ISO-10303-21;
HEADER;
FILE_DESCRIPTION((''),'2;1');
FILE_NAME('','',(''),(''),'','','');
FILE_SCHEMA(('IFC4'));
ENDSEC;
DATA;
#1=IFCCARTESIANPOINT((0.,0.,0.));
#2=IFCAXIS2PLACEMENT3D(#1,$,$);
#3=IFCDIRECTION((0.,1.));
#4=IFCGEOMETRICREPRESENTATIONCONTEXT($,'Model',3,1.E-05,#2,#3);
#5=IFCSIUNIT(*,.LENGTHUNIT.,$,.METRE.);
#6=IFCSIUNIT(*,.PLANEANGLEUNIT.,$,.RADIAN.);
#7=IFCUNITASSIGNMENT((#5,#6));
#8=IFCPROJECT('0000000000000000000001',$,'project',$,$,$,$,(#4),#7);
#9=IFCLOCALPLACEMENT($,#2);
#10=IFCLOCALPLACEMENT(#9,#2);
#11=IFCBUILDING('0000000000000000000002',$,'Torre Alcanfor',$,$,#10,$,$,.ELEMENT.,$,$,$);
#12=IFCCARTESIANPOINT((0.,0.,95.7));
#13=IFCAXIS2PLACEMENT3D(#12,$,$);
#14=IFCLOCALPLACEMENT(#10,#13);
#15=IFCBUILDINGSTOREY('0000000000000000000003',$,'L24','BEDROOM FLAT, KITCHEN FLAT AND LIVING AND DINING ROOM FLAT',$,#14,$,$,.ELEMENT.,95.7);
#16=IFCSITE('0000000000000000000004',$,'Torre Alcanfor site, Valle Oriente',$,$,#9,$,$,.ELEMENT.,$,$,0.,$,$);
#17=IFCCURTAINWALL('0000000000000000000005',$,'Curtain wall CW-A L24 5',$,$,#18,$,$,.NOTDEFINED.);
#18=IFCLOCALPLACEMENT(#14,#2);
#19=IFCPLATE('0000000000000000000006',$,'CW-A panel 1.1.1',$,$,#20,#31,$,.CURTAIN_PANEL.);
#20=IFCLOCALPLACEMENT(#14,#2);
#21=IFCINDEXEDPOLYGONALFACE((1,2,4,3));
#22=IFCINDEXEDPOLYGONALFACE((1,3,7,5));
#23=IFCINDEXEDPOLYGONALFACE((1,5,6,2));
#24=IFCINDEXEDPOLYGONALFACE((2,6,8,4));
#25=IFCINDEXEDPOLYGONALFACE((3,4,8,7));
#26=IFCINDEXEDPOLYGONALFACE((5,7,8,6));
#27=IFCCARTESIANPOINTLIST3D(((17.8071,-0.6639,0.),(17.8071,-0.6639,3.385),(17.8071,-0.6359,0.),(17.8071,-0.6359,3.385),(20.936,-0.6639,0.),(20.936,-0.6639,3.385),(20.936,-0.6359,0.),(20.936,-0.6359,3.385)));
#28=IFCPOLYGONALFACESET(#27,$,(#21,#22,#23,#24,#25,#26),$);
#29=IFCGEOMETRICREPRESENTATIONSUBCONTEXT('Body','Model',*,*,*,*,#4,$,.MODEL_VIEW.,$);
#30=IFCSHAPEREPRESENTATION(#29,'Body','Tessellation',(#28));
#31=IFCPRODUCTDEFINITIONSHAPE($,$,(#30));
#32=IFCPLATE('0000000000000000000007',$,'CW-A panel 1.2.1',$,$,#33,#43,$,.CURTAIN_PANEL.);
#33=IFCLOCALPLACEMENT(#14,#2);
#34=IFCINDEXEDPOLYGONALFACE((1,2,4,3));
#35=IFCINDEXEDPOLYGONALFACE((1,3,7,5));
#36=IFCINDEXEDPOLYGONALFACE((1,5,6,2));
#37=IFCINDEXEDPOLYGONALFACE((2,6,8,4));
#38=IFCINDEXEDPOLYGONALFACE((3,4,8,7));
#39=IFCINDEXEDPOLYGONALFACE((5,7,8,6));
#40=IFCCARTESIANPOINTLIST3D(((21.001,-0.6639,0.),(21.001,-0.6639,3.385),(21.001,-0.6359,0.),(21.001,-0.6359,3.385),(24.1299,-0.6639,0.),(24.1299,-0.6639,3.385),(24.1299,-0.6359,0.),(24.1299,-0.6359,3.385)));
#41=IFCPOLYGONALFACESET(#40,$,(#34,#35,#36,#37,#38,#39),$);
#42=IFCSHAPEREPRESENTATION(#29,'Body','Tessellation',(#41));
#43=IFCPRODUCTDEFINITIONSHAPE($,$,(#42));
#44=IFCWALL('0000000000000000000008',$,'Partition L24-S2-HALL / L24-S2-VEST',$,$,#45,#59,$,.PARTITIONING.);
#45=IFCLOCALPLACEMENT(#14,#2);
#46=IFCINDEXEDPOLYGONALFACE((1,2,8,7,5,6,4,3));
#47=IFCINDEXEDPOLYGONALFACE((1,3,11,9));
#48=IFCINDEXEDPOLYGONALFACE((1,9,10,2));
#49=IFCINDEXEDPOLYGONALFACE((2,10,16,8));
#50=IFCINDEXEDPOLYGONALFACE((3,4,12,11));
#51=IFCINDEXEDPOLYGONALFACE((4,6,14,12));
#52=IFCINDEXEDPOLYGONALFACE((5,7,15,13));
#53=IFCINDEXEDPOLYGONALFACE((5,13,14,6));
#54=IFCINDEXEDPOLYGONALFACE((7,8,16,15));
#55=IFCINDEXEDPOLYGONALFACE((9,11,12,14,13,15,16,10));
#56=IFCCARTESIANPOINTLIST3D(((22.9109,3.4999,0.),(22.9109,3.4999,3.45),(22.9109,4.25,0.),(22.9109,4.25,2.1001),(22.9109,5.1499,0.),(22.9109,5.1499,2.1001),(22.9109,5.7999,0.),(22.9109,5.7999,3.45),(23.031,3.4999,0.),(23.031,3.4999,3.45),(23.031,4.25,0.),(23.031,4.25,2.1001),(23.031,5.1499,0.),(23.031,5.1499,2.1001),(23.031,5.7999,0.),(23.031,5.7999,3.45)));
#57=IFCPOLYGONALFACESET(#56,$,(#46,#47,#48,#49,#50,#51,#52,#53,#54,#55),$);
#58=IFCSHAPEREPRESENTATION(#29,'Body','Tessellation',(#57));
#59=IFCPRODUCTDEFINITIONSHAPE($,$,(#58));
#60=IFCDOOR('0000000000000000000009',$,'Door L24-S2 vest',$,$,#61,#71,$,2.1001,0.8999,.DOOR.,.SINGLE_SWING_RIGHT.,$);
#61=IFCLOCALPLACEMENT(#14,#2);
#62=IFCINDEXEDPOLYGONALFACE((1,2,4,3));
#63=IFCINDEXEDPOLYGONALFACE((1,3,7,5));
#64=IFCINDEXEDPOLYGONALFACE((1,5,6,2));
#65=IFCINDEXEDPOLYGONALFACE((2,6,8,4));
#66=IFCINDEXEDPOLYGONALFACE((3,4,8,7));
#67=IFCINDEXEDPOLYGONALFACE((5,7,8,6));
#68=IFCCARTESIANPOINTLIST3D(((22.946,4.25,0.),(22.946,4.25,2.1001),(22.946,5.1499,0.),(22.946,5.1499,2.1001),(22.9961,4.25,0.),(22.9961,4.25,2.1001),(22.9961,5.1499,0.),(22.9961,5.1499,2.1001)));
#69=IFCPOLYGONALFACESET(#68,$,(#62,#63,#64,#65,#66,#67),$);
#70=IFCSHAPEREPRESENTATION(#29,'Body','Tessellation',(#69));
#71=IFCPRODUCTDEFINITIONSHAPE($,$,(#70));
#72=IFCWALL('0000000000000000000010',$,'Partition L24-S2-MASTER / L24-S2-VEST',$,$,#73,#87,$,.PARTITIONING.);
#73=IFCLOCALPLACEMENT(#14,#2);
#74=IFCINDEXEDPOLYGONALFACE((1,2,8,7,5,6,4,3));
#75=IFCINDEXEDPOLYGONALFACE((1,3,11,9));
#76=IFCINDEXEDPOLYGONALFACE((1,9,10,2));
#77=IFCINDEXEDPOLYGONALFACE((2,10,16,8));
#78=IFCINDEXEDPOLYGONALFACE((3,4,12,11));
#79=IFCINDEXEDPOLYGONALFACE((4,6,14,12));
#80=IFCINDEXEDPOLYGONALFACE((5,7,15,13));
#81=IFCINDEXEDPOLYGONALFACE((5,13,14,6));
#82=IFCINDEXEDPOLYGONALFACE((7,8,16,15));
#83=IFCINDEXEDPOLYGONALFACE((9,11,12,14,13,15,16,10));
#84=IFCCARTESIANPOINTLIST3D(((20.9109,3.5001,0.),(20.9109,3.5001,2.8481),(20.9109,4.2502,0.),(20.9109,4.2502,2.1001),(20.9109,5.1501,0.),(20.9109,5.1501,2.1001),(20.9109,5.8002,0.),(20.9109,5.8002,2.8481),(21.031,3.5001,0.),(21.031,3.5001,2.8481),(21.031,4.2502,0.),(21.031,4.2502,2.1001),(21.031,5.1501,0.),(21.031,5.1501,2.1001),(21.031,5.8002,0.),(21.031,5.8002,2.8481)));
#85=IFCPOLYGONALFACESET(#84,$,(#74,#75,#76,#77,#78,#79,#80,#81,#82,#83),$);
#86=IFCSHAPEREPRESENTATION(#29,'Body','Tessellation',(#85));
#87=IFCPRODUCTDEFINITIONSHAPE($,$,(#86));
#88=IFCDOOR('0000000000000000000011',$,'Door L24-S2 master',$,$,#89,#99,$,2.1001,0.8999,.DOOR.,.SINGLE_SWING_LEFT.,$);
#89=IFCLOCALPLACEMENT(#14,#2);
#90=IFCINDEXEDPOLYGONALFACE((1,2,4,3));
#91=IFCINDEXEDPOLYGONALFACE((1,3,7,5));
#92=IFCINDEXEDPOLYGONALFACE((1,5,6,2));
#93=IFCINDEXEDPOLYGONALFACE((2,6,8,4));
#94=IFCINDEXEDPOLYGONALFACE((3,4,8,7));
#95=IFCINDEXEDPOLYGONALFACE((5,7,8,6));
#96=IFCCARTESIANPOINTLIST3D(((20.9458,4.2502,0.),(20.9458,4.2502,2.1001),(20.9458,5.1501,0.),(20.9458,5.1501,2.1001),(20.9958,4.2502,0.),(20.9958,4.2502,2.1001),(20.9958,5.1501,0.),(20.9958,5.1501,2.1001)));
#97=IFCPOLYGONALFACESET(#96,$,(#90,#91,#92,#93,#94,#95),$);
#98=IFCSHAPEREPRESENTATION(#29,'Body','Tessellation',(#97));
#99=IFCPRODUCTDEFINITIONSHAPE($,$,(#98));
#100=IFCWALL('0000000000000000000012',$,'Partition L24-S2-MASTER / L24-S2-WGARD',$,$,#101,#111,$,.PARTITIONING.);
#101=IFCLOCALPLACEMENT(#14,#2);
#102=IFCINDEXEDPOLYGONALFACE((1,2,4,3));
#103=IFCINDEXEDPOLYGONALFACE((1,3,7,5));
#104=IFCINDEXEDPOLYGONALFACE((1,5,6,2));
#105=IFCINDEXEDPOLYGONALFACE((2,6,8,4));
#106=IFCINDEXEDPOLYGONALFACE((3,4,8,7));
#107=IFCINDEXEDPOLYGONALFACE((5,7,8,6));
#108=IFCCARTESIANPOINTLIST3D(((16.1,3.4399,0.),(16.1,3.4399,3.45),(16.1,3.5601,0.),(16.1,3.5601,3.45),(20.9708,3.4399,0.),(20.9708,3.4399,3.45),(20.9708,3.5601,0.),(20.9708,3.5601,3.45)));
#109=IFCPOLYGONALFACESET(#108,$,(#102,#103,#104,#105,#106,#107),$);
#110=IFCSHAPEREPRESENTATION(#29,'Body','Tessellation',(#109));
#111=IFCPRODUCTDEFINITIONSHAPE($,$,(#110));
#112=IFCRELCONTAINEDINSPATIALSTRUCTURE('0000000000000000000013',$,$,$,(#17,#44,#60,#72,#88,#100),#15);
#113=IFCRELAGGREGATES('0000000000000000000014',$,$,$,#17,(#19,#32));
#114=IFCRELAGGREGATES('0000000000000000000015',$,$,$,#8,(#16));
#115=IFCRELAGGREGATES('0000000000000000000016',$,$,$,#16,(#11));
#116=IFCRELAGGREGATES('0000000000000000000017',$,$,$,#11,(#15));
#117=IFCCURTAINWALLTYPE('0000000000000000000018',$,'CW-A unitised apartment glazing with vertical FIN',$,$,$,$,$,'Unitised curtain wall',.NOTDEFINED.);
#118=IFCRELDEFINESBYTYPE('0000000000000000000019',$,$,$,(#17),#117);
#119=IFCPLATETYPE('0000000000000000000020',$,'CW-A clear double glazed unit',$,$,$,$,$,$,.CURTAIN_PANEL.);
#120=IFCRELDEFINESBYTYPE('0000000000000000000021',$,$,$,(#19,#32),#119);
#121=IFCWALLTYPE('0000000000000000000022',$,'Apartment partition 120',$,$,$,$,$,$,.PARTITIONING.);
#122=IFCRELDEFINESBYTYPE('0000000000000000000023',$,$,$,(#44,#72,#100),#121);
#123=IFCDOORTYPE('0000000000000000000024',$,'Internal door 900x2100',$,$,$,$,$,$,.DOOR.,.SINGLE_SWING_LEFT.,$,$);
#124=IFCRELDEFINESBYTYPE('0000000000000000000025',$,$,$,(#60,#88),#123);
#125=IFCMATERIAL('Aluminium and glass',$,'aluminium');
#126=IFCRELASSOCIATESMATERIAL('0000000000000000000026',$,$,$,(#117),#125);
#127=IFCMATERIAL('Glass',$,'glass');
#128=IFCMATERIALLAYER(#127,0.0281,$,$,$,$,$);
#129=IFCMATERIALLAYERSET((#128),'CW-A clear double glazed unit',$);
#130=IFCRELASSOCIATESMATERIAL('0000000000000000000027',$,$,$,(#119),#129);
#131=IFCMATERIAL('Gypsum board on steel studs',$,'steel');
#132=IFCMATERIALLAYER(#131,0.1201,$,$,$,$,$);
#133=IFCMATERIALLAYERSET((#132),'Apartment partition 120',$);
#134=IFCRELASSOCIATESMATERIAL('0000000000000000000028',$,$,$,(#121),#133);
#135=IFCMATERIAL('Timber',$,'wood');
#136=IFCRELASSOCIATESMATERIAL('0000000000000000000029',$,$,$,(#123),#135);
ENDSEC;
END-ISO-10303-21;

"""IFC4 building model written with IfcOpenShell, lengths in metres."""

from ifc_helpers import new_model, si_unit, direction, frame, frame_2d, origin, origin_2d, place, context, subcontext, project, spatial, rectangle, extrude, material, layer, layer_set, type_object, element, fill, aggregate, save


model = new_model("IFC4")

# Units and contexts
model_context = context("Model", 3, precision=1e-05, world=origin(), true_north=direction((0.0, 1.0)))
body_context = subcontext(model_context, "Body", "Model", "MODEL_VIEW")
ifc_project = project(units=[si_unit("LENGTHUNIT", "METRE"), si_unit("PLANEANGLEUNIT", "RADIAN")], contexts=[model_context])

# Site, building, storey
site_placement = place(None, origin())
site = spatial("IfcSite", under=ifc_project, at=site_placement, Name="Torre Alcanfor site, Valle Oriente", CompositionType="ELEMENT", RefElevation=0.0)
building_placement = place(site_placement, origin())
building = spatial("IfcBuilding", under=site, at=building_placement, Name="Torre Alcanfor", CompositionType="ELEMENT")
storey_placement = place(building_placement, frame((0.0, 0.0, 95.7)))
storey = spatial("IfcBuildingStorey", under=building, at=storey_placement, Name="L24", Description="BEDROOM FLAT, KITCHEN FLAT AND LIVING AND DINING ROOM FLAT", CompositionType="ELEMENT", Elevation=95.7)

# Curtain wall
ifc_material_1 = material(Name="Aluminium and glass", Category="aluminium")
curtain_wall_type = type_object("IfcCurtainWallType", Name="CW-A unitised apartment glazing with vertical FIN", ElementType="Unitised curtain wall", PredefinedType="NOTDEFINED", material=ifc_material_1)
curtain_wall_placement = place(storey_placement, origin())
curtain_wall = element("IfcCurtainWall", 1, at=curtain_wall_placement, inside=storey, type_object=curtain_wall_type, Name="Curtain wall CW-A L24 5", PredefinedType="NOTDEFINED")

# Plates
ifc_material_2 = material(Name="Glass", Category="glass")
ifc_layer_1 = layer(ifc_material_2, 0.0281)
ifc_layer_set_1 = layer_set([ifc_layer_1], Name="CW-A clear double glazed unit")
plate_type = type_object("IfcPlateType", Name="CW-A clear double glazed unit", PredefinedType="CURTAIN_PANEL", material=ifc_layer_set_1)
plate_1_placement = place(storey_placement, frame((19.3716, -0.6499, 0.0), z_axis=(0.0, 0.0, 1.0), x_axis=(1.0, 0.0, 0.0)))
plate_1 = element("IfcPlate", 2, at=plate_1_placement, type_object=plate_type, Name="CW-A panel 1.1.1", PredefinedType="CURTAIN_PANEL", context=body_context, shape_type="SweptSolid", body=[
    extrude(rectangle(XDim=3.1289, YDim=0.0281, at=origin_2d()), origin(), (0.0, 0.0, 1.0), 3.385),
])
plate_2_placement = place(storey_placement, frame((22.5654, -0.6499, 0.0), z_axis=(0.0, 0.0, 1.0), x_axis=(1.0, 0.0, 0.0)))
plate_2 = element("IfcPlate", 3, at=plate_2_placement, type_object=plate_type, Name="CW-A panel 1.2.1", PredefinedType="CURTAIN_PANEL", context=body_context, shape_type="SweptSolid", body=[
    extrude(rectangle(XDim=3.1289, YDim=0.0281, at=origin_2d()), origin(), (0.0, 0.0, 1.0), 3.385),
])
aggregate(curtain_wall, [plate_1, plate_2])

# Walls, openings, doors
ifc_material_3 = material(Name="Gypsum board on steel studs", Category="steel")
ifc_layer_2 = layer(ifc_material_3, 0.1201)
ifc_layer_set_2 = layer_set([ifc_layer_2], Name="Apartment partition 120")
wall_type = type_object("IfcWallType", Name="Apartment partition 120", PredefinedType="PARTITIONING", material=ifc_layer_set_2)
wall_1_placement = place(storey_placement, frame((22.9709, 3.5, 0.0), z_axis=(0.0, 0.0, 1.0), x_axis=(0.0, 1.0, 0.0)))
wall_1 = element("IfcWall", 4, at=wall_1_placement, inside=storey, type_object=wall_type, Name="Partition L24-S2-HALL / L24-S2-VEST", PredefinedType="PARTITIONING", context=body_context, shape_type="SweptSolid", body=[
    extrude(rectangle(XDim=2.3, YDim=0.1201, at=frame_2d((1.1499, 0.0))), origin(), (0.0, 0.0, 1.0), 3.45),
])
opening_1_placement = place(wall_1_placement, frame((0.75, 0.0, 0.0)))
opening_1 = element("IfcOpeningElement", 5, at=opening_1_placement, cuts=wall_1, PredefinedType="OPENING", context=body_context, shape_type="SweptSolid", body=[
    extrude(rectangle(XDim=0.8999, YDim=2.1001, at=frame_2d((0.45, 1.05))), frame((0.0, 0.0701, 0.0), z_axis=(0.0, -1.0, 0.0), x_axis=(1.0, 0.0, 0.0)), (0.0, 0.0, 1.0), 0.1401),
])
ifc_material_4 = material(Name="Timber", Category="wood")
door_type = type_object("IfcDoorType", Name="Internal door 900x2100", OperationType="SINGLE_SWING_LEFT", PredefinedType="DOOR", material=ifc_material_4)
door_1_placement = place(opening_1_placement, origin())
door_1 = element("IfcDoor", 6, at=door_1_placement, inside=storey, type_object=door_type, Name="Door L24-S2 vest", OperationType="SINGLE_SWING_RIGHT", OverallHeight=2.1001, OverallWidth=0.8999, PredefinedType="DOOR", context=body_context, shape_type="SweptSolid", body=[
    extrude(rectangle(XDim=0.8999, YDim=2.1001, at=frame_2d((0.45, 1.05))), frame((0.0, 0.0249, 0.0), z_axis=(0.0, -1.0, 0.0), x_axis=(1.0, 0.0, 0.0)), (0.0, 0.0, 1.0), 0.05),
])
fill(opening_1, door_1)
wall_2_placement = place(storey_placement, frame((20.9709, 5.8, 0.0), z_axis=(0.0, 0.0, 1.0), x_axis=(0.0, -1.0, 0.0)))
wall_2 = element("IfcWall", 7, at=wall_2_placement, inside=storey, type_object=wall_type, Name="Partition L24-S2-MASTER / L24-S2-VEST", PredefinedType="PARTITIONING", context=body_context, shape_type="SweptSolid", body=[
    extrude(rectangle(XDim=2.3, YDim=0.1201, at=frame_2d((1.1499, 0.0))), origin(), (0.0, 0.0, 1.0), 2.8481),
])
opening_2_placement = place(wall_2_placement, frame((0.6499, 0.0, 0.0)))
opening_2 = element("IfcOpeningElement", 8, at=opening_2_placement, cuts=wall_2, PredefinedType="OPENING", context=body_context, shape_type="SweptSolid", body=[
    extrude(rectangle(XDim=0.8999, YDim=2.1001, at=frame_2d((0.45, 1.05))), frame((0.0, 0.0701, 0.0), z_axis=(0.0, -1.0, 0.0), x_axis=(1.0, 0.0, 0.0)), (0.0, 0.0, 1.0), 0.1401),
])
door_2_placement = place(opening_2_placement, origin())
door_2 = element("IfcDoor", 9, at=door_2_placement, inside=storey, type_object=door_type, Name="Door L24-S2 master", OperationType="SINGLE_SWING_LEFT", OverallHeight=2.1001, OverallWidth=0.8999, PredefinedType="DOOR", context=body_context, shape_type="SweptSolid", body=[
    extrude(rectangle(XDim=0.8999, YDim=2.1001, at=frame_2d((0.45, 1.05))), frame((0.0, 0.0249, 0.0), z_axis=(0.0, -1.0, 0.0), x_axis=(1.0, 0.0, 0.0)), (0.0, 0.0, 1.0), 0.05),
])
fill(opening_2, door_2)

# Wall
wall_3_placement = place(storey_placement, frame((20.9709, 3.5, 0.0), z_axis=(0.0, 0.0, 1.0), x_axis=(-1.0, 0.0, 0.0)))
element("IfcWall", 10, at=wall_3_placement, inside=storey, type_object=wall_type, Name="Partition L24-S2-MASTER / L24-S2-WGARD", PredefinedType="PARTITIONING", context=body_context, shape_type="SweptSolid", body=[
    extrude(rectangle(XDim=4.8708, YDim=0.1201, at=frame_2d((2.4355, 0.0))), origin(), (0.0, 0.0, 1.0), 3.45),
])

save(model, "model.ifc")
